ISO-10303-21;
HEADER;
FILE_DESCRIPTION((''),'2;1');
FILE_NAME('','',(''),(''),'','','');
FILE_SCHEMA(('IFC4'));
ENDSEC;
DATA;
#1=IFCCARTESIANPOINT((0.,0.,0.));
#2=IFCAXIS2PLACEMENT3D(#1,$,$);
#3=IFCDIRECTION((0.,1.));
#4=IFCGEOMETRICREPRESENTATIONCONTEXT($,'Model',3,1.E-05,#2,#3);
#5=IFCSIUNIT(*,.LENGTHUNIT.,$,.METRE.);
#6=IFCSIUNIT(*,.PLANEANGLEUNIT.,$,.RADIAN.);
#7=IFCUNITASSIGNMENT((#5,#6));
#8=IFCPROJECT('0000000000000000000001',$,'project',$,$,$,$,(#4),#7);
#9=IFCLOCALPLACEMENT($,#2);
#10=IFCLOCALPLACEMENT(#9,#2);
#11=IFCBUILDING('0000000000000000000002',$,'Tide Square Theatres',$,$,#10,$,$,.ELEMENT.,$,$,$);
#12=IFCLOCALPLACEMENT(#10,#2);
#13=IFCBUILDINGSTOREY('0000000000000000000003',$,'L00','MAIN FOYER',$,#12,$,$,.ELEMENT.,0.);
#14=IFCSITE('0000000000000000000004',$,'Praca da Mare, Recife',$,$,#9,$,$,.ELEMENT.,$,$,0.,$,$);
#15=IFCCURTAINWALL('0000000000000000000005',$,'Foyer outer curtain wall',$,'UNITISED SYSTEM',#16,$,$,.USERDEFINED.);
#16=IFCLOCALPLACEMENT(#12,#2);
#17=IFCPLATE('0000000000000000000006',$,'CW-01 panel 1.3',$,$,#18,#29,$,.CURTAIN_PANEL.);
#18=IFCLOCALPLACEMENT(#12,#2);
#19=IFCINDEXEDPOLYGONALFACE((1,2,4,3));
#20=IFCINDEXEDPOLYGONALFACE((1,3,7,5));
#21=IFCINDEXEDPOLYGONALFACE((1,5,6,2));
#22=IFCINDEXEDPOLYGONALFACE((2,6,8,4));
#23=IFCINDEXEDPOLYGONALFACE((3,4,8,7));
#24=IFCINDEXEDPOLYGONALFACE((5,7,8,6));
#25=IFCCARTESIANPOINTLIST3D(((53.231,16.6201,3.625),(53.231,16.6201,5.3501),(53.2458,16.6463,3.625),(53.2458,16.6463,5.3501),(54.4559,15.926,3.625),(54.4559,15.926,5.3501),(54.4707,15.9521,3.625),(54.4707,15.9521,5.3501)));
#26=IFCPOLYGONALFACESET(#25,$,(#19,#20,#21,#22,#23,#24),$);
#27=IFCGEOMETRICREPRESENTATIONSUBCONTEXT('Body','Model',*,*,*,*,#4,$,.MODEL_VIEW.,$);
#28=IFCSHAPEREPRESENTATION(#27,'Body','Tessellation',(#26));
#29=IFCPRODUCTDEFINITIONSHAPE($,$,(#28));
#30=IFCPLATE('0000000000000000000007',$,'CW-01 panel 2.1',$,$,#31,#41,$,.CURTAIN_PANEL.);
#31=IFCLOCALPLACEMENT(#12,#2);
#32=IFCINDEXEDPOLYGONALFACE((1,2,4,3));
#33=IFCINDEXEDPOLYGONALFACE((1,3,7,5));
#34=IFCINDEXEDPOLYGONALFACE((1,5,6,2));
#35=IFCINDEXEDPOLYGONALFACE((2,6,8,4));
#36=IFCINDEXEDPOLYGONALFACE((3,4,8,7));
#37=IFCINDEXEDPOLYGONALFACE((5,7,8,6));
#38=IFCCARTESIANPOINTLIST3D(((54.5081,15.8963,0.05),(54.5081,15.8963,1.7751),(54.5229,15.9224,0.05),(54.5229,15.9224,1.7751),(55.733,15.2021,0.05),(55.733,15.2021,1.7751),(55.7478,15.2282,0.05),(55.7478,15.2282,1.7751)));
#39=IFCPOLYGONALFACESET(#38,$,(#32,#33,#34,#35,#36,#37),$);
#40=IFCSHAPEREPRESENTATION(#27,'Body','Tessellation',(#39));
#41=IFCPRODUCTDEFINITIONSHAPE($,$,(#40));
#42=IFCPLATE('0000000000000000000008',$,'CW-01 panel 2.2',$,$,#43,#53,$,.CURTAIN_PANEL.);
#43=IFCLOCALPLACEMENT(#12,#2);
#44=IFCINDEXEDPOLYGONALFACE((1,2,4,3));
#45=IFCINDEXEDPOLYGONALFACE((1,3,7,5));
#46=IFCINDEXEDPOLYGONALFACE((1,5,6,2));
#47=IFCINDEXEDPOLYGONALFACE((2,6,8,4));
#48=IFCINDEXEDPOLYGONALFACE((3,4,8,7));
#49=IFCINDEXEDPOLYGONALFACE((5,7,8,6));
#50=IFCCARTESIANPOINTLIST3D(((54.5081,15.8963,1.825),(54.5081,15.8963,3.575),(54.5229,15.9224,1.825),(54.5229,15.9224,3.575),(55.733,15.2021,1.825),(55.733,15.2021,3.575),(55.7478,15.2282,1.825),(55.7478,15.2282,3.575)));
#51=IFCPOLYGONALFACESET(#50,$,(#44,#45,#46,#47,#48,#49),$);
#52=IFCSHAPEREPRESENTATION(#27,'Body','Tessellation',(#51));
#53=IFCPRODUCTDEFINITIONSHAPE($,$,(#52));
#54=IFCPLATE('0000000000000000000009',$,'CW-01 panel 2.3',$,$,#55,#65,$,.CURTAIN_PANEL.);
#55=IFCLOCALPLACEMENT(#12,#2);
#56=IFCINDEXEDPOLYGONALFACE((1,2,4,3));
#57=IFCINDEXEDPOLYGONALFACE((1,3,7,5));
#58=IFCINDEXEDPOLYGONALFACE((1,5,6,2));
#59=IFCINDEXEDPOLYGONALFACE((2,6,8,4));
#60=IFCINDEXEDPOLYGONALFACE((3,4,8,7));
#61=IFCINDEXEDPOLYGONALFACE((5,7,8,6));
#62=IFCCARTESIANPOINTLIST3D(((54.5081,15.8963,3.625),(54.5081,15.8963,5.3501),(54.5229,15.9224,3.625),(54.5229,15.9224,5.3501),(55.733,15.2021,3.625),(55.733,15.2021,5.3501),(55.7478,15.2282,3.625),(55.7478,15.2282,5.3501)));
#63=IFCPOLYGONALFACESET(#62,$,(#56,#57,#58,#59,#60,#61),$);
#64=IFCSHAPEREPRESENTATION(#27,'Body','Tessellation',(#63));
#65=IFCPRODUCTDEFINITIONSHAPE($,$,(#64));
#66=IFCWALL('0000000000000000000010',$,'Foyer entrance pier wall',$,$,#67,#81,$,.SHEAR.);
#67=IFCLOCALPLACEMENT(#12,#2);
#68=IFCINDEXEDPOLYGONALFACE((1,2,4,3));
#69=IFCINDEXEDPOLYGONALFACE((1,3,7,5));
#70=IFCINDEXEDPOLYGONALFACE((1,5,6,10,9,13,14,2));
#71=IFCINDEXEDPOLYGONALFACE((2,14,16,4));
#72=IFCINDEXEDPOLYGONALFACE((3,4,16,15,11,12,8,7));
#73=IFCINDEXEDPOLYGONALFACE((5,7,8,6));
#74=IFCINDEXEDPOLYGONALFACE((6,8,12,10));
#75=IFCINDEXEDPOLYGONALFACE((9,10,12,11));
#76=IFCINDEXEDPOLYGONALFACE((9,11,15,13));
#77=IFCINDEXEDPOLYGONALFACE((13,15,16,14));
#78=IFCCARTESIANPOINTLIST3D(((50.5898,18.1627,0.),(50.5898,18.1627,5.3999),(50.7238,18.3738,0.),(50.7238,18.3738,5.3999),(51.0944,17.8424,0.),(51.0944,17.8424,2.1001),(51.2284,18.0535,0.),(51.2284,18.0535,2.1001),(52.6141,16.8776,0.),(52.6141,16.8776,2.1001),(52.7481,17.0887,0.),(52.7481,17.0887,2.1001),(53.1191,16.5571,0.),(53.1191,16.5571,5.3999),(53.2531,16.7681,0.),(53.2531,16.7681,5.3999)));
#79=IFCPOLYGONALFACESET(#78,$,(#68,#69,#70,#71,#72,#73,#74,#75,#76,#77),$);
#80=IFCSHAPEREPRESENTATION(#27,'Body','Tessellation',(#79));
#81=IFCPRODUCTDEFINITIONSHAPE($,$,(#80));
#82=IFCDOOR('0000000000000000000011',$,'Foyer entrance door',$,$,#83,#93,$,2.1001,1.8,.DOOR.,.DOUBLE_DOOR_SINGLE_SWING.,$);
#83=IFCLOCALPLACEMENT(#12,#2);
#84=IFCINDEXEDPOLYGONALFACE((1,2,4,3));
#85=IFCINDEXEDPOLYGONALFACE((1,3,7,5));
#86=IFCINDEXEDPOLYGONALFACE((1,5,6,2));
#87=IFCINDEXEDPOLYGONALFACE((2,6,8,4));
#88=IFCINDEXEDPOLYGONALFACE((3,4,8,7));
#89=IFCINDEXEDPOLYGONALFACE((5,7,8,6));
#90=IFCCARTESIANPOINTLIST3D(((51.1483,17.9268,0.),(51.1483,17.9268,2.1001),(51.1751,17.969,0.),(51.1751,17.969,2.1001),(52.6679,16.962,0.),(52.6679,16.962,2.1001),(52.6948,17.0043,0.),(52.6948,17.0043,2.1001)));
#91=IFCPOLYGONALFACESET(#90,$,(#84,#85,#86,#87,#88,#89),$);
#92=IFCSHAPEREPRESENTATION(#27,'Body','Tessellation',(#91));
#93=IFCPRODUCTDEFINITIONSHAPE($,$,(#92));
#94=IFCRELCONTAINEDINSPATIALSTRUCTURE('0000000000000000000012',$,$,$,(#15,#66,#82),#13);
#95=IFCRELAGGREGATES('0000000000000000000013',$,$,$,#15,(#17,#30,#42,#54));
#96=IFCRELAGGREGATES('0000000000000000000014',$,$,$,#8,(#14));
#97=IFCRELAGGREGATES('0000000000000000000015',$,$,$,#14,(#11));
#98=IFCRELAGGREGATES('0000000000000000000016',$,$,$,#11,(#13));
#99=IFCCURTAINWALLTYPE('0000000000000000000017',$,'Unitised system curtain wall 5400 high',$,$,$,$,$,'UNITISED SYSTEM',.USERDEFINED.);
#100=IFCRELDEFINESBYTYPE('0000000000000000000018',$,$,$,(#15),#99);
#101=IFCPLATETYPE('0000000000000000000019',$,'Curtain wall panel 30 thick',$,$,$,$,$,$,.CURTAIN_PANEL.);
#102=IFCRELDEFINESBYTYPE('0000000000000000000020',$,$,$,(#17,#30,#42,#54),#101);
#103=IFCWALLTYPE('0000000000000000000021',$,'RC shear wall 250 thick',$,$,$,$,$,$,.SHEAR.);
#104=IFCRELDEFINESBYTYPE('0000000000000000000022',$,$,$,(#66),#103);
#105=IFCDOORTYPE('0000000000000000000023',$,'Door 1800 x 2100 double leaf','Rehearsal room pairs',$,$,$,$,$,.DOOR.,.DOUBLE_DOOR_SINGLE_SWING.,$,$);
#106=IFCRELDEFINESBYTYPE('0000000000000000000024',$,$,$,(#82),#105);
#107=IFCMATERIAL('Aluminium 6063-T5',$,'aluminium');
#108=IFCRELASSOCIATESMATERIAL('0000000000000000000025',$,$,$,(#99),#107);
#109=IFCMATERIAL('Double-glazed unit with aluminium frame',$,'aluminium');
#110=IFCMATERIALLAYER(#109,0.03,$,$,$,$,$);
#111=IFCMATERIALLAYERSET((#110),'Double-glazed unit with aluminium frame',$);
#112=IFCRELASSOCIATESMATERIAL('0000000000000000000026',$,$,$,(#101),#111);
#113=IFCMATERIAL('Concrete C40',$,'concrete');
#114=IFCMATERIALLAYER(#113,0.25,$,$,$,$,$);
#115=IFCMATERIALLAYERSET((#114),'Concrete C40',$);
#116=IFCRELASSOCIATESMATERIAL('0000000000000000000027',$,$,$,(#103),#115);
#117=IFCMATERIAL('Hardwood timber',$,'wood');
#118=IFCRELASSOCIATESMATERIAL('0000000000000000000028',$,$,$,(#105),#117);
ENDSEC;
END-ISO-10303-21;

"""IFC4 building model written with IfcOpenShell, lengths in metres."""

from ifc_helpers import new_model, si_unit, direction, frame, frame_2d, origin, origin_2d, place, context, subcontext, project, spatial, rectangle, extrude, material, layer, layer_set, type_object, element, fill, aggregate, save


model = new_model("IFC4")

# Units and contexts
model_context = context("Model", 3, precision=1e-05, world=origin(), true_north=direction((0.0, 1.0)))
body_context = subcontext(model_context, "Body", "Model", "MODEL_VIEW")
ifc_project = project(units=[si_unit("LENGTHUNIT", "METRE"), si_unit("PLANEANGLEUNIT", "RADIAN")], contexts=[model_context])

# Site, building, storey
site_placement = place(None, origin())
site = spatial("IfcSite", under=ifc_project, at=site_placement, Name="Praca da Mare, Recife", CompositionType="ELEMENT", RefElevation=0.0)
building_placement = place(site_placement, origin())
building = spatial("IfcBuilding", under=site, at=building_placement, Name="Tide Square Theatres", CompositionType="ELEMENT")
storey_placement = place(building_placement, origin())
storey = spatial("IfcBuildingStorey", under=building, at=storey_placement, Name="L00", Description="MAIN FOYER", CompositionType="ELEMENT", Elevation=0.0)

# Shared definitions
ifc_material_1 = material(Name="Aluminium 6063-T5", Category="aluminium")
curtain_wall_type = type_object("IfcCurtainWallType", Name="Unitised system curtain wall 5400 high", ElementType="UNITISED SYSTEM", PredefinedType="USERDEFINED", material=ifc_material_1)

# Curtain wall
curtain_wall_1_placement = place(storey_placement, origin())
curtain_wall_1 = element("IfcCurtainWall", 1, at=curtain_wall_1_placement, inside=storey, type_object=curtain_wall_type, Name="Foyer outer curtain wall", ObjectType="UNITISED SYSTEM", PredefinedType="USERDEFINED")

# Plates
ifc_material_2 = material(Name="Double-glazed unit with aluminium frame", Category="aluminium")
ifc_layer_1 = layer(ifc_material_2, 0.03)
ifc_layer_set_1 = layer_set([ifc_layer_1], Name="Double-glazed unit with aluminium frame")
plate_type = type_object("IfcPlateType", Name="Curtain wall panel 30 thick", PredefinedType="CURTAIN_PANEL", material=ifc_layer_set_1)
plate_1_placement = place(storey_placement, frame((53.8508, 16.2861, 3.625), z_axis=(0.0, 0.0, 1.0), x_axis=(0.870018, -0.493019, 0.0)))
plate_1 = element("IfcPlate", 2, at=plate_1_placement, type_object=plate_type, Name="CW-01 panel 1.3", PredefinedType="CURTAIN_PANEL", context=body_context, shape_type="SweptSolid", body=[
    extrude(rectangle(XDim=1.408, YDim=0.03, at=origin_2d()), origin(), (0.0, 0.0, 1.0), 1.7251),
])
plate_2_placement = place(storey_placement, frame((55.1279, 15.5623, 0.05), z_axis=(0.0, 0.0, 1.0), x_axis=(0.870018, -0.493019, 0.0)))
plate_2 = element("IfcPlate", 3, at=plate_2_placement, type_object=plate_type, Name="CW-01 panel 2.1", PredefinedType="CURTAIN_PANEL", context=body_context, shape_type="SweptSolid", body=[
    extrude(rectangle(XDim=1.408, YDim=0.03, at=origin_2d()), origin(), (0.0, 0.0, 1.0), 1.7251),
])
plate_3_placement = place(storey_placement, frame((55.1279, 15.5623, 1.825), z_axis=(0.0, 0.0, 1.0), x_axis=(0.870018, -0.493019, 0.0)))
plate_3 = element("IfcPlate", 4, at=plate_3_placement, type_object=plate_type, Name="CW-01 panel 2.2", PredefinedType="CURTAIN_PANEL", context=body_context, shape_type="SweptSolid", body=[
    extrude(rectangle(XDim=1.408, YDim=0.03, at=origin_2d()), origin(), (0.0, 0.0, 1.0), 1.75),
])
plate_4_placement = place(storey_placement, frame((55.1279, 15.5623, 3.625), z_axis=(0.0, 0.0, 1.0), x_axis=(0.870018, -0.493019, 0.0)))
plate_4 = element("IfcPlate", 5, at=plate_4_placement, type_object=plate_type, Name="CW-01 panel 2.3", PredefinedType="CURTAIN_PANEL", context=body_context, shape_type="SweptSolid", body=[
    extrude(rectangle(XDim=1.408, YDim=0.03, at=origin_2d()), origin(), (0.0, 0.0, 1.0), 1.7251),
])
aggregate(curtain_wall_1, [plate_1, plate_2, plate_3, plate_4])

# Wall, opening, door
ifc_material_3 = material(Name="Concrete C40", Category="concrete")
ifc_layer_2 = layer(ifc_material_3, 0.25)
ifc_layer_set_2 = layer_set([ifc_layer_2], Name="Concrete C40")
wall_type = type_object("IfcWallType", Name="RC shear wall 250 thick", PredefinedType="SHEAR", material=ifc_layer_set_2)
wall_placement = place(storey_placement, frame((50.6567, 18.2683, 0.0), z_axis=(0.0, 0.0, 1.0), x_axis=(0.844241, -0.535963, 0.0)))
wall = element("IfcWall", 6, at=wall_placement, inside=storey, type_object=wall_type, Name="Foyer entrance pier wall", PredefinedType="SHEAR", context=body_context, shape_type="SweptSolid", body=[
    extrude(rectangle(XDim=2.9958, YDim=0.25, at=frame_2d((1.498, 0.0))), origin(), (0.0, 0.0, 1.0), 5.3999),
])
opening_placement = place(wall_placement, frame((0.5979, 0.0, 0.0)))
opening = element("IfcOpeningElement", 7, at=opening_placement, cuts=wall, PredefinedType="OPENING", context=body_context, shape_type="SweptSolid", body=[
    extrude(rectangle(XDim=1.8, YDim=2.1001, at=frame_2d((0.8999, 1.05))), frame((0.0, 0.135, 0.0), z_axis=(0.0, -1.0, 0.0), x_axis=(1.0, 0.0, 0.0)), (0.0, 0.0, 1.0), 0.27),
])
ifc_material_4 = material(Name="Hardwood timber", Category="wood")
door_type = type_object("IfcDoorType", Name="Door 1800 x 2100 double leaf", Description="Rehearsal room pairs", OperationType="DOUBLE_DOOR_SINGLE_SWING", PredefinedType="DOOR", material=ifc_material_4)
door_placement = place(opening_placement, frame((1.8, 0.0, 0.0), z_axis=(0.0, 0.0, 1.0), x_axis=(-1.0, 0.0, 0.0)))
door = element("IfcDoor", 8, at=door_placement, inside=storey, type_object=door_type, Name="Foyer entrance door", OperationType="DOUBLE_DOOR_SINGLE_SWING", OverallHeight=2.1001, OverallWidth=1.8, PredefinedType="DOOR", context=body_context, shape_type="SweptSolid", body=[
    extrude(rectangle(XDim=1.8, YDim=2.1001, at=frame_2d((0.8999, 1.05))), frame((0.0, 0.0249, 0.0), z_axis=(0.0, -1.0, 0.0), x_axis=(1.0, 0.0, 0.0)), (0.0, 0.0, 1.0), 0.05),
])
fill(opening, door)

save(model, "model.ifc")
